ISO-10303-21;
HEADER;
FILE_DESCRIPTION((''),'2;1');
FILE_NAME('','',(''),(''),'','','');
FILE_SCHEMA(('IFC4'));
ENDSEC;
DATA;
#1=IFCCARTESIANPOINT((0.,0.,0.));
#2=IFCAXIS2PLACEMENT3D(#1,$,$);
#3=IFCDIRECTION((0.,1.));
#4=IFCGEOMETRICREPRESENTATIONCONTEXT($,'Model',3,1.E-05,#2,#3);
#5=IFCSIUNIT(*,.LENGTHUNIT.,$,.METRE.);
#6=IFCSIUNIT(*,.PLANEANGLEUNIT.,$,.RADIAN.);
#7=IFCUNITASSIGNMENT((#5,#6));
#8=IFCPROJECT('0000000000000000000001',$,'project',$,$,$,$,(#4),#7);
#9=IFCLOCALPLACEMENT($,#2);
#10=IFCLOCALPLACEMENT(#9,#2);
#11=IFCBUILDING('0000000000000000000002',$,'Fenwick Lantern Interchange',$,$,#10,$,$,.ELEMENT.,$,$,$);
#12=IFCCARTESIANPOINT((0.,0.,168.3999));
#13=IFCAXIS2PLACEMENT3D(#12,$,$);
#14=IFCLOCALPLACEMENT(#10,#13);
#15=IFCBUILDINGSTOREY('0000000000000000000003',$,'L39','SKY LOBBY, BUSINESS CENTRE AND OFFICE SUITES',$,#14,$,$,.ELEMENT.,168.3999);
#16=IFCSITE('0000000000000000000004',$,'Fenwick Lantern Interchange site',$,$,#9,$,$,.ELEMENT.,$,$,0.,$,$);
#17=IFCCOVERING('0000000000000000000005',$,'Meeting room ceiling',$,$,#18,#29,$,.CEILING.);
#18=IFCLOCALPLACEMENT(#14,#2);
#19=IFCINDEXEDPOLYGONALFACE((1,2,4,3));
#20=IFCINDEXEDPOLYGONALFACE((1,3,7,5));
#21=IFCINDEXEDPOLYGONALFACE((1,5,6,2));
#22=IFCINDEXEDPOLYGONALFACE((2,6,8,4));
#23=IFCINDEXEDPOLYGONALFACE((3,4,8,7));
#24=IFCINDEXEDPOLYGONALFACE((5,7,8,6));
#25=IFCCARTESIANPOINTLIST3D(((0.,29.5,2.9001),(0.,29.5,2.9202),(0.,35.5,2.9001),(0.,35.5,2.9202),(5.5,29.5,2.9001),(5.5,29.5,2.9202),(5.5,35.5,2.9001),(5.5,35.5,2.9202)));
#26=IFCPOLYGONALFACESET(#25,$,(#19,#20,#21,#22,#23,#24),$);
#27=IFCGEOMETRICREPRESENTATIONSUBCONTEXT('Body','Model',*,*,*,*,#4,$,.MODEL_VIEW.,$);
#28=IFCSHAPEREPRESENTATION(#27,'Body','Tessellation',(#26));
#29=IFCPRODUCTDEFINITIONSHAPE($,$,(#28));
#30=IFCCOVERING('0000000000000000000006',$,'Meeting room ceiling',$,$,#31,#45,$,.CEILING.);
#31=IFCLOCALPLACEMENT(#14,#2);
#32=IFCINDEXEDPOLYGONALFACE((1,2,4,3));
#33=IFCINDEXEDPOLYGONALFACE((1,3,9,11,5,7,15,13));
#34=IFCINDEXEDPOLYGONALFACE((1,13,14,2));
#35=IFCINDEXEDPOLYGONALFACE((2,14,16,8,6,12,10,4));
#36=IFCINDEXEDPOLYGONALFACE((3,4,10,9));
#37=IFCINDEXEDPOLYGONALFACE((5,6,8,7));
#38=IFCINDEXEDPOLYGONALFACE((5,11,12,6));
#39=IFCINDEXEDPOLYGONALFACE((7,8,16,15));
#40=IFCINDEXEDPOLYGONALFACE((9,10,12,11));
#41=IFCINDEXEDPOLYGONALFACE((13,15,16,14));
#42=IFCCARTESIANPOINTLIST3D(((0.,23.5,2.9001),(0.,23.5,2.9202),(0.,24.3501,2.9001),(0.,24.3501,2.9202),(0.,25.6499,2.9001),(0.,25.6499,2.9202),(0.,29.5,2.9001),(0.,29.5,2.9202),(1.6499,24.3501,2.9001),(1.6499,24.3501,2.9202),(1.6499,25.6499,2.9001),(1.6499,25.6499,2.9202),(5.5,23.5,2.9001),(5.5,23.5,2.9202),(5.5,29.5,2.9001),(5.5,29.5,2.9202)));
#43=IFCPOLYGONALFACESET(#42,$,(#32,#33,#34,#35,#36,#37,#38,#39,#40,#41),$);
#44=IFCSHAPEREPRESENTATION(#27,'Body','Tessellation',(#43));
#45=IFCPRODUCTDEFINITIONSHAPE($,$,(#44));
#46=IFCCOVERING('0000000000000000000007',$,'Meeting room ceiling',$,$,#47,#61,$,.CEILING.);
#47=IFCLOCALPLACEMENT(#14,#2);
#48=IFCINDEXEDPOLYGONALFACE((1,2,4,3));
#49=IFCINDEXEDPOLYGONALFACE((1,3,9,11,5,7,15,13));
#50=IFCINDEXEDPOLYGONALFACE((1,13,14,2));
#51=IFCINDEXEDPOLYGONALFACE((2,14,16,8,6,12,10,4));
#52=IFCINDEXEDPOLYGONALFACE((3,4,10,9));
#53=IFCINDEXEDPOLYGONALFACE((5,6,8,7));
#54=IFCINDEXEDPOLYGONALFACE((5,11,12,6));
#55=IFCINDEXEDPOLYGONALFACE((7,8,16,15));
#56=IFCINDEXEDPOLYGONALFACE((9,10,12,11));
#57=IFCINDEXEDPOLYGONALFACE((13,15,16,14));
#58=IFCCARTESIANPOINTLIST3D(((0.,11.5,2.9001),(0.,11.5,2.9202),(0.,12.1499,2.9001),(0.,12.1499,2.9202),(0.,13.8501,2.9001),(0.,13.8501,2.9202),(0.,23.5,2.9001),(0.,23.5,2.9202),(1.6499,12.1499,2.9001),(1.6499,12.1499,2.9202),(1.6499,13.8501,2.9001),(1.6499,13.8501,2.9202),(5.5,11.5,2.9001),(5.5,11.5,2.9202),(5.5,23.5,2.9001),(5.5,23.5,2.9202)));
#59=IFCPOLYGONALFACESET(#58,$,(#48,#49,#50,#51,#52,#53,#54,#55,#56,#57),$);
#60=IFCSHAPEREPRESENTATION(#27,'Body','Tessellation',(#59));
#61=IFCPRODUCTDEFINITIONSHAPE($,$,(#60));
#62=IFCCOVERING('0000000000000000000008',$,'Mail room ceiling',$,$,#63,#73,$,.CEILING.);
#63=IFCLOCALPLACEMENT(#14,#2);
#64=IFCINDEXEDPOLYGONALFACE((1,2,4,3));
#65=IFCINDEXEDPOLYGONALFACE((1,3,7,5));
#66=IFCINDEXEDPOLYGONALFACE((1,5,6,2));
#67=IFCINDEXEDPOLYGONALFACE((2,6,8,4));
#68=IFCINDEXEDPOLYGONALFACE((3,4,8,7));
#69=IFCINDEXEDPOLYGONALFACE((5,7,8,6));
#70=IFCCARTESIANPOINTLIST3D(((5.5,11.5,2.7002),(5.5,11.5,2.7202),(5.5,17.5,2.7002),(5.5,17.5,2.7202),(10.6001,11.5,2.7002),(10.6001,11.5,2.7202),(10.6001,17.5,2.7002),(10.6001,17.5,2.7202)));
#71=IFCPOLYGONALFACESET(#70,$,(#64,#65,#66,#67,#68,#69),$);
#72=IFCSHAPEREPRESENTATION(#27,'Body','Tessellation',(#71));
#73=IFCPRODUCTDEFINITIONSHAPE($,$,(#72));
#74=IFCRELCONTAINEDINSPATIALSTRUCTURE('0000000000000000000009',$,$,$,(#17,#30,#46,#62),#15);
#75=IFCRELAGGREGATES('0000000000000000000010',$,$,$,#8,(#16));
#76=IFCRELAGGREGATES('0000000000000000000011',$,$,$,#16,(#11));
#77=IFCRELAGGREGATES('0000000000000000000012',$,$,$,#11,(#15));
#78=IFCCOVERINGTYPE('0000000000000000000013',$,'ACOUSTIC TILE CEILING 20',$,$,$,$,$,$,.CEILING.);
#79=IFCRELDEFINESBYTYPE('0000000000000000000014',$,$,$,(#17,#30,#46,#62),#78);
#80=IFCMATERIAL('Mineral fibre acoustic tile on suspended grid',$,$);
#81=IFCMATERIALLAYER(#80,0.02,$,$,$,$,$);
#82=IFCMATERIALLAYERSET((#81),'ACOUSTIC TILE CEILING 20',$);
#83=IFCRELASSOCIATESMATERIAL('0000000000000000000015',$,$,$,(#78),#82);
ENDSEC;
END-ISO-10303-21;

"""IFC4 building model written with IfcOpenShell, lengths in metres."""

from ifc_helpers import new_model, si_unit, direction, frame, origin, place, context, subcontext, project, spatial, polyline, outline, extrude, material, layer, layer_set, type_object, element, save


model = new_model("IFC4")

# Units and contexts
model_context = context("Model", 3, precision=1e-05, world=origin(), true_north=direction((0.0, 1.0)))
body_context = subcontext(model_context, "Body", "Model", "MODEL_VIEW")
ifc_project = project(units=[si_unit("LENGTHUNIT", "METRE"), si_unit("PLANEANGLEUNIT", "RADIAN")], contexts=[model_context])

# Site, building, storey
site_placement = place(None, origin())
site = spatial("IfcSite", under=ifc_project, at=site_placement, Name="Fenwick Lantern Interchange site", CompositionType="ELEMENT", RefElevation=0.0)
building_placement = place(site_placement, origin())
building = spatial("IfcBuilding", under=site, at=building_placement, Name="Fenwick Lantern Interchange", CompositionType="ELEMENT")
storey_placement = place(building_placement, frame((0.0, 0.0, 168.3999)))
storey = spatial("IfcBuildingStorey", under=building, at=storey_placement, Name="L39", Description="SKY LOBBY, BUSINESS CENTRE AND OFFICE SUITES", CompositionType="ELEMENT", Elevation=168.3999)

# Coverings
ifc_material_1 = material(Name="Mineral fibre acoustic tile on suspended grid")
ifc_layer_1 = layer(ifc_material_1, 0.02)
ifc_layer_set_1 = layer_set([ifc_layer_1], Name="ACOUSTIC TILE CEILING 20")
covering_type_1 = type_object("IfcCoveringType", Name="ACOUSTIC TILE CEILING 20", PredefinedType="CEILING", material=ifc_layer_set_1)
covering_1_placement = place(storey_placement, frame((0.0, 0.0, 2.9001)))
element("IfcCovering", 1, at=covering_1_placement, inside=storey, type_object=covering_type_1, Name="Meeting room ceiling", PredefinedType="CEILING", context=body_context, shape_type="SweptSolid", body=[
    extrude(outline(polyline([(0.0, 35.5), (0.0, 29.5), (5.5, 29.5), (5.5, 35.5), (0.0, 35.5)])), origin(), (0.0, 0.0, 1.0), 0.02),
])
covering_2_placement = place(storey_placement, frame((0.0, 0.0, 2.9001)))
element("IfcCovering", 2, at=covering_2_placement, inside=storey, type_object=covering_type_1, Name="Meeting room ceiling", PredefinedType="CEILING", context=body_context, shape_type="SweptSolid", body=[
    extrude(outline(polyline([(0.0, 29.5), (0.0, 25.6499), (1.6499, 25.6499), (1.6499, 24.3501), (0.0, 24.3501), (0.0, 23.5), (5.5, 23.5), (5.5, 29.5), (0.0, 29.5)])), origin(), (0.0, 0.0, 1.0), 0.02),
])
covering_3_placement = place(storey_placement, frame((0.0, 0.0, 2.9001)))
element("IfcCovering", 3, at=covering_3_placement, inside=storey, type_object=covering_type_1, Name="Meeting room ceiling", PredefinedType="CEILING", context=body_context, shape_type="SweptSolid", body=[
    extrude(outline(polyline([(5.5, 23.5), (0.0, 23.5), (0.0, 13.8501), (1.6499, 13.8501), (1.6499, 12.1499), (0.0, 12.1499), (0.0, 11.5), (5.5, 11.5), (5.5, 23.5)])), origin(), (0.0, 0.0, 1.0), 0.02),
])
covering_4_placement = place(storey_placement, frame((0.0, 0.0, 2.7002)))
element("IfcCovering", 4, at=covering_4_placement, inside=storey, type_object=covering_type_1, Name="Mail room ceiling", PredefinedType="CEILING", context=body_context, shape_type="SweptSolid", body=[
    extrude(outline(polyline([(5.5, 17.5), (5.5, 11.5), (10.6001, 11.5), (10.6001, 17.5), (5.5, 17.5)])), origin(), (0.0, 0.0, 1.0), 0.02),
])

save(model, "model.ifc")
